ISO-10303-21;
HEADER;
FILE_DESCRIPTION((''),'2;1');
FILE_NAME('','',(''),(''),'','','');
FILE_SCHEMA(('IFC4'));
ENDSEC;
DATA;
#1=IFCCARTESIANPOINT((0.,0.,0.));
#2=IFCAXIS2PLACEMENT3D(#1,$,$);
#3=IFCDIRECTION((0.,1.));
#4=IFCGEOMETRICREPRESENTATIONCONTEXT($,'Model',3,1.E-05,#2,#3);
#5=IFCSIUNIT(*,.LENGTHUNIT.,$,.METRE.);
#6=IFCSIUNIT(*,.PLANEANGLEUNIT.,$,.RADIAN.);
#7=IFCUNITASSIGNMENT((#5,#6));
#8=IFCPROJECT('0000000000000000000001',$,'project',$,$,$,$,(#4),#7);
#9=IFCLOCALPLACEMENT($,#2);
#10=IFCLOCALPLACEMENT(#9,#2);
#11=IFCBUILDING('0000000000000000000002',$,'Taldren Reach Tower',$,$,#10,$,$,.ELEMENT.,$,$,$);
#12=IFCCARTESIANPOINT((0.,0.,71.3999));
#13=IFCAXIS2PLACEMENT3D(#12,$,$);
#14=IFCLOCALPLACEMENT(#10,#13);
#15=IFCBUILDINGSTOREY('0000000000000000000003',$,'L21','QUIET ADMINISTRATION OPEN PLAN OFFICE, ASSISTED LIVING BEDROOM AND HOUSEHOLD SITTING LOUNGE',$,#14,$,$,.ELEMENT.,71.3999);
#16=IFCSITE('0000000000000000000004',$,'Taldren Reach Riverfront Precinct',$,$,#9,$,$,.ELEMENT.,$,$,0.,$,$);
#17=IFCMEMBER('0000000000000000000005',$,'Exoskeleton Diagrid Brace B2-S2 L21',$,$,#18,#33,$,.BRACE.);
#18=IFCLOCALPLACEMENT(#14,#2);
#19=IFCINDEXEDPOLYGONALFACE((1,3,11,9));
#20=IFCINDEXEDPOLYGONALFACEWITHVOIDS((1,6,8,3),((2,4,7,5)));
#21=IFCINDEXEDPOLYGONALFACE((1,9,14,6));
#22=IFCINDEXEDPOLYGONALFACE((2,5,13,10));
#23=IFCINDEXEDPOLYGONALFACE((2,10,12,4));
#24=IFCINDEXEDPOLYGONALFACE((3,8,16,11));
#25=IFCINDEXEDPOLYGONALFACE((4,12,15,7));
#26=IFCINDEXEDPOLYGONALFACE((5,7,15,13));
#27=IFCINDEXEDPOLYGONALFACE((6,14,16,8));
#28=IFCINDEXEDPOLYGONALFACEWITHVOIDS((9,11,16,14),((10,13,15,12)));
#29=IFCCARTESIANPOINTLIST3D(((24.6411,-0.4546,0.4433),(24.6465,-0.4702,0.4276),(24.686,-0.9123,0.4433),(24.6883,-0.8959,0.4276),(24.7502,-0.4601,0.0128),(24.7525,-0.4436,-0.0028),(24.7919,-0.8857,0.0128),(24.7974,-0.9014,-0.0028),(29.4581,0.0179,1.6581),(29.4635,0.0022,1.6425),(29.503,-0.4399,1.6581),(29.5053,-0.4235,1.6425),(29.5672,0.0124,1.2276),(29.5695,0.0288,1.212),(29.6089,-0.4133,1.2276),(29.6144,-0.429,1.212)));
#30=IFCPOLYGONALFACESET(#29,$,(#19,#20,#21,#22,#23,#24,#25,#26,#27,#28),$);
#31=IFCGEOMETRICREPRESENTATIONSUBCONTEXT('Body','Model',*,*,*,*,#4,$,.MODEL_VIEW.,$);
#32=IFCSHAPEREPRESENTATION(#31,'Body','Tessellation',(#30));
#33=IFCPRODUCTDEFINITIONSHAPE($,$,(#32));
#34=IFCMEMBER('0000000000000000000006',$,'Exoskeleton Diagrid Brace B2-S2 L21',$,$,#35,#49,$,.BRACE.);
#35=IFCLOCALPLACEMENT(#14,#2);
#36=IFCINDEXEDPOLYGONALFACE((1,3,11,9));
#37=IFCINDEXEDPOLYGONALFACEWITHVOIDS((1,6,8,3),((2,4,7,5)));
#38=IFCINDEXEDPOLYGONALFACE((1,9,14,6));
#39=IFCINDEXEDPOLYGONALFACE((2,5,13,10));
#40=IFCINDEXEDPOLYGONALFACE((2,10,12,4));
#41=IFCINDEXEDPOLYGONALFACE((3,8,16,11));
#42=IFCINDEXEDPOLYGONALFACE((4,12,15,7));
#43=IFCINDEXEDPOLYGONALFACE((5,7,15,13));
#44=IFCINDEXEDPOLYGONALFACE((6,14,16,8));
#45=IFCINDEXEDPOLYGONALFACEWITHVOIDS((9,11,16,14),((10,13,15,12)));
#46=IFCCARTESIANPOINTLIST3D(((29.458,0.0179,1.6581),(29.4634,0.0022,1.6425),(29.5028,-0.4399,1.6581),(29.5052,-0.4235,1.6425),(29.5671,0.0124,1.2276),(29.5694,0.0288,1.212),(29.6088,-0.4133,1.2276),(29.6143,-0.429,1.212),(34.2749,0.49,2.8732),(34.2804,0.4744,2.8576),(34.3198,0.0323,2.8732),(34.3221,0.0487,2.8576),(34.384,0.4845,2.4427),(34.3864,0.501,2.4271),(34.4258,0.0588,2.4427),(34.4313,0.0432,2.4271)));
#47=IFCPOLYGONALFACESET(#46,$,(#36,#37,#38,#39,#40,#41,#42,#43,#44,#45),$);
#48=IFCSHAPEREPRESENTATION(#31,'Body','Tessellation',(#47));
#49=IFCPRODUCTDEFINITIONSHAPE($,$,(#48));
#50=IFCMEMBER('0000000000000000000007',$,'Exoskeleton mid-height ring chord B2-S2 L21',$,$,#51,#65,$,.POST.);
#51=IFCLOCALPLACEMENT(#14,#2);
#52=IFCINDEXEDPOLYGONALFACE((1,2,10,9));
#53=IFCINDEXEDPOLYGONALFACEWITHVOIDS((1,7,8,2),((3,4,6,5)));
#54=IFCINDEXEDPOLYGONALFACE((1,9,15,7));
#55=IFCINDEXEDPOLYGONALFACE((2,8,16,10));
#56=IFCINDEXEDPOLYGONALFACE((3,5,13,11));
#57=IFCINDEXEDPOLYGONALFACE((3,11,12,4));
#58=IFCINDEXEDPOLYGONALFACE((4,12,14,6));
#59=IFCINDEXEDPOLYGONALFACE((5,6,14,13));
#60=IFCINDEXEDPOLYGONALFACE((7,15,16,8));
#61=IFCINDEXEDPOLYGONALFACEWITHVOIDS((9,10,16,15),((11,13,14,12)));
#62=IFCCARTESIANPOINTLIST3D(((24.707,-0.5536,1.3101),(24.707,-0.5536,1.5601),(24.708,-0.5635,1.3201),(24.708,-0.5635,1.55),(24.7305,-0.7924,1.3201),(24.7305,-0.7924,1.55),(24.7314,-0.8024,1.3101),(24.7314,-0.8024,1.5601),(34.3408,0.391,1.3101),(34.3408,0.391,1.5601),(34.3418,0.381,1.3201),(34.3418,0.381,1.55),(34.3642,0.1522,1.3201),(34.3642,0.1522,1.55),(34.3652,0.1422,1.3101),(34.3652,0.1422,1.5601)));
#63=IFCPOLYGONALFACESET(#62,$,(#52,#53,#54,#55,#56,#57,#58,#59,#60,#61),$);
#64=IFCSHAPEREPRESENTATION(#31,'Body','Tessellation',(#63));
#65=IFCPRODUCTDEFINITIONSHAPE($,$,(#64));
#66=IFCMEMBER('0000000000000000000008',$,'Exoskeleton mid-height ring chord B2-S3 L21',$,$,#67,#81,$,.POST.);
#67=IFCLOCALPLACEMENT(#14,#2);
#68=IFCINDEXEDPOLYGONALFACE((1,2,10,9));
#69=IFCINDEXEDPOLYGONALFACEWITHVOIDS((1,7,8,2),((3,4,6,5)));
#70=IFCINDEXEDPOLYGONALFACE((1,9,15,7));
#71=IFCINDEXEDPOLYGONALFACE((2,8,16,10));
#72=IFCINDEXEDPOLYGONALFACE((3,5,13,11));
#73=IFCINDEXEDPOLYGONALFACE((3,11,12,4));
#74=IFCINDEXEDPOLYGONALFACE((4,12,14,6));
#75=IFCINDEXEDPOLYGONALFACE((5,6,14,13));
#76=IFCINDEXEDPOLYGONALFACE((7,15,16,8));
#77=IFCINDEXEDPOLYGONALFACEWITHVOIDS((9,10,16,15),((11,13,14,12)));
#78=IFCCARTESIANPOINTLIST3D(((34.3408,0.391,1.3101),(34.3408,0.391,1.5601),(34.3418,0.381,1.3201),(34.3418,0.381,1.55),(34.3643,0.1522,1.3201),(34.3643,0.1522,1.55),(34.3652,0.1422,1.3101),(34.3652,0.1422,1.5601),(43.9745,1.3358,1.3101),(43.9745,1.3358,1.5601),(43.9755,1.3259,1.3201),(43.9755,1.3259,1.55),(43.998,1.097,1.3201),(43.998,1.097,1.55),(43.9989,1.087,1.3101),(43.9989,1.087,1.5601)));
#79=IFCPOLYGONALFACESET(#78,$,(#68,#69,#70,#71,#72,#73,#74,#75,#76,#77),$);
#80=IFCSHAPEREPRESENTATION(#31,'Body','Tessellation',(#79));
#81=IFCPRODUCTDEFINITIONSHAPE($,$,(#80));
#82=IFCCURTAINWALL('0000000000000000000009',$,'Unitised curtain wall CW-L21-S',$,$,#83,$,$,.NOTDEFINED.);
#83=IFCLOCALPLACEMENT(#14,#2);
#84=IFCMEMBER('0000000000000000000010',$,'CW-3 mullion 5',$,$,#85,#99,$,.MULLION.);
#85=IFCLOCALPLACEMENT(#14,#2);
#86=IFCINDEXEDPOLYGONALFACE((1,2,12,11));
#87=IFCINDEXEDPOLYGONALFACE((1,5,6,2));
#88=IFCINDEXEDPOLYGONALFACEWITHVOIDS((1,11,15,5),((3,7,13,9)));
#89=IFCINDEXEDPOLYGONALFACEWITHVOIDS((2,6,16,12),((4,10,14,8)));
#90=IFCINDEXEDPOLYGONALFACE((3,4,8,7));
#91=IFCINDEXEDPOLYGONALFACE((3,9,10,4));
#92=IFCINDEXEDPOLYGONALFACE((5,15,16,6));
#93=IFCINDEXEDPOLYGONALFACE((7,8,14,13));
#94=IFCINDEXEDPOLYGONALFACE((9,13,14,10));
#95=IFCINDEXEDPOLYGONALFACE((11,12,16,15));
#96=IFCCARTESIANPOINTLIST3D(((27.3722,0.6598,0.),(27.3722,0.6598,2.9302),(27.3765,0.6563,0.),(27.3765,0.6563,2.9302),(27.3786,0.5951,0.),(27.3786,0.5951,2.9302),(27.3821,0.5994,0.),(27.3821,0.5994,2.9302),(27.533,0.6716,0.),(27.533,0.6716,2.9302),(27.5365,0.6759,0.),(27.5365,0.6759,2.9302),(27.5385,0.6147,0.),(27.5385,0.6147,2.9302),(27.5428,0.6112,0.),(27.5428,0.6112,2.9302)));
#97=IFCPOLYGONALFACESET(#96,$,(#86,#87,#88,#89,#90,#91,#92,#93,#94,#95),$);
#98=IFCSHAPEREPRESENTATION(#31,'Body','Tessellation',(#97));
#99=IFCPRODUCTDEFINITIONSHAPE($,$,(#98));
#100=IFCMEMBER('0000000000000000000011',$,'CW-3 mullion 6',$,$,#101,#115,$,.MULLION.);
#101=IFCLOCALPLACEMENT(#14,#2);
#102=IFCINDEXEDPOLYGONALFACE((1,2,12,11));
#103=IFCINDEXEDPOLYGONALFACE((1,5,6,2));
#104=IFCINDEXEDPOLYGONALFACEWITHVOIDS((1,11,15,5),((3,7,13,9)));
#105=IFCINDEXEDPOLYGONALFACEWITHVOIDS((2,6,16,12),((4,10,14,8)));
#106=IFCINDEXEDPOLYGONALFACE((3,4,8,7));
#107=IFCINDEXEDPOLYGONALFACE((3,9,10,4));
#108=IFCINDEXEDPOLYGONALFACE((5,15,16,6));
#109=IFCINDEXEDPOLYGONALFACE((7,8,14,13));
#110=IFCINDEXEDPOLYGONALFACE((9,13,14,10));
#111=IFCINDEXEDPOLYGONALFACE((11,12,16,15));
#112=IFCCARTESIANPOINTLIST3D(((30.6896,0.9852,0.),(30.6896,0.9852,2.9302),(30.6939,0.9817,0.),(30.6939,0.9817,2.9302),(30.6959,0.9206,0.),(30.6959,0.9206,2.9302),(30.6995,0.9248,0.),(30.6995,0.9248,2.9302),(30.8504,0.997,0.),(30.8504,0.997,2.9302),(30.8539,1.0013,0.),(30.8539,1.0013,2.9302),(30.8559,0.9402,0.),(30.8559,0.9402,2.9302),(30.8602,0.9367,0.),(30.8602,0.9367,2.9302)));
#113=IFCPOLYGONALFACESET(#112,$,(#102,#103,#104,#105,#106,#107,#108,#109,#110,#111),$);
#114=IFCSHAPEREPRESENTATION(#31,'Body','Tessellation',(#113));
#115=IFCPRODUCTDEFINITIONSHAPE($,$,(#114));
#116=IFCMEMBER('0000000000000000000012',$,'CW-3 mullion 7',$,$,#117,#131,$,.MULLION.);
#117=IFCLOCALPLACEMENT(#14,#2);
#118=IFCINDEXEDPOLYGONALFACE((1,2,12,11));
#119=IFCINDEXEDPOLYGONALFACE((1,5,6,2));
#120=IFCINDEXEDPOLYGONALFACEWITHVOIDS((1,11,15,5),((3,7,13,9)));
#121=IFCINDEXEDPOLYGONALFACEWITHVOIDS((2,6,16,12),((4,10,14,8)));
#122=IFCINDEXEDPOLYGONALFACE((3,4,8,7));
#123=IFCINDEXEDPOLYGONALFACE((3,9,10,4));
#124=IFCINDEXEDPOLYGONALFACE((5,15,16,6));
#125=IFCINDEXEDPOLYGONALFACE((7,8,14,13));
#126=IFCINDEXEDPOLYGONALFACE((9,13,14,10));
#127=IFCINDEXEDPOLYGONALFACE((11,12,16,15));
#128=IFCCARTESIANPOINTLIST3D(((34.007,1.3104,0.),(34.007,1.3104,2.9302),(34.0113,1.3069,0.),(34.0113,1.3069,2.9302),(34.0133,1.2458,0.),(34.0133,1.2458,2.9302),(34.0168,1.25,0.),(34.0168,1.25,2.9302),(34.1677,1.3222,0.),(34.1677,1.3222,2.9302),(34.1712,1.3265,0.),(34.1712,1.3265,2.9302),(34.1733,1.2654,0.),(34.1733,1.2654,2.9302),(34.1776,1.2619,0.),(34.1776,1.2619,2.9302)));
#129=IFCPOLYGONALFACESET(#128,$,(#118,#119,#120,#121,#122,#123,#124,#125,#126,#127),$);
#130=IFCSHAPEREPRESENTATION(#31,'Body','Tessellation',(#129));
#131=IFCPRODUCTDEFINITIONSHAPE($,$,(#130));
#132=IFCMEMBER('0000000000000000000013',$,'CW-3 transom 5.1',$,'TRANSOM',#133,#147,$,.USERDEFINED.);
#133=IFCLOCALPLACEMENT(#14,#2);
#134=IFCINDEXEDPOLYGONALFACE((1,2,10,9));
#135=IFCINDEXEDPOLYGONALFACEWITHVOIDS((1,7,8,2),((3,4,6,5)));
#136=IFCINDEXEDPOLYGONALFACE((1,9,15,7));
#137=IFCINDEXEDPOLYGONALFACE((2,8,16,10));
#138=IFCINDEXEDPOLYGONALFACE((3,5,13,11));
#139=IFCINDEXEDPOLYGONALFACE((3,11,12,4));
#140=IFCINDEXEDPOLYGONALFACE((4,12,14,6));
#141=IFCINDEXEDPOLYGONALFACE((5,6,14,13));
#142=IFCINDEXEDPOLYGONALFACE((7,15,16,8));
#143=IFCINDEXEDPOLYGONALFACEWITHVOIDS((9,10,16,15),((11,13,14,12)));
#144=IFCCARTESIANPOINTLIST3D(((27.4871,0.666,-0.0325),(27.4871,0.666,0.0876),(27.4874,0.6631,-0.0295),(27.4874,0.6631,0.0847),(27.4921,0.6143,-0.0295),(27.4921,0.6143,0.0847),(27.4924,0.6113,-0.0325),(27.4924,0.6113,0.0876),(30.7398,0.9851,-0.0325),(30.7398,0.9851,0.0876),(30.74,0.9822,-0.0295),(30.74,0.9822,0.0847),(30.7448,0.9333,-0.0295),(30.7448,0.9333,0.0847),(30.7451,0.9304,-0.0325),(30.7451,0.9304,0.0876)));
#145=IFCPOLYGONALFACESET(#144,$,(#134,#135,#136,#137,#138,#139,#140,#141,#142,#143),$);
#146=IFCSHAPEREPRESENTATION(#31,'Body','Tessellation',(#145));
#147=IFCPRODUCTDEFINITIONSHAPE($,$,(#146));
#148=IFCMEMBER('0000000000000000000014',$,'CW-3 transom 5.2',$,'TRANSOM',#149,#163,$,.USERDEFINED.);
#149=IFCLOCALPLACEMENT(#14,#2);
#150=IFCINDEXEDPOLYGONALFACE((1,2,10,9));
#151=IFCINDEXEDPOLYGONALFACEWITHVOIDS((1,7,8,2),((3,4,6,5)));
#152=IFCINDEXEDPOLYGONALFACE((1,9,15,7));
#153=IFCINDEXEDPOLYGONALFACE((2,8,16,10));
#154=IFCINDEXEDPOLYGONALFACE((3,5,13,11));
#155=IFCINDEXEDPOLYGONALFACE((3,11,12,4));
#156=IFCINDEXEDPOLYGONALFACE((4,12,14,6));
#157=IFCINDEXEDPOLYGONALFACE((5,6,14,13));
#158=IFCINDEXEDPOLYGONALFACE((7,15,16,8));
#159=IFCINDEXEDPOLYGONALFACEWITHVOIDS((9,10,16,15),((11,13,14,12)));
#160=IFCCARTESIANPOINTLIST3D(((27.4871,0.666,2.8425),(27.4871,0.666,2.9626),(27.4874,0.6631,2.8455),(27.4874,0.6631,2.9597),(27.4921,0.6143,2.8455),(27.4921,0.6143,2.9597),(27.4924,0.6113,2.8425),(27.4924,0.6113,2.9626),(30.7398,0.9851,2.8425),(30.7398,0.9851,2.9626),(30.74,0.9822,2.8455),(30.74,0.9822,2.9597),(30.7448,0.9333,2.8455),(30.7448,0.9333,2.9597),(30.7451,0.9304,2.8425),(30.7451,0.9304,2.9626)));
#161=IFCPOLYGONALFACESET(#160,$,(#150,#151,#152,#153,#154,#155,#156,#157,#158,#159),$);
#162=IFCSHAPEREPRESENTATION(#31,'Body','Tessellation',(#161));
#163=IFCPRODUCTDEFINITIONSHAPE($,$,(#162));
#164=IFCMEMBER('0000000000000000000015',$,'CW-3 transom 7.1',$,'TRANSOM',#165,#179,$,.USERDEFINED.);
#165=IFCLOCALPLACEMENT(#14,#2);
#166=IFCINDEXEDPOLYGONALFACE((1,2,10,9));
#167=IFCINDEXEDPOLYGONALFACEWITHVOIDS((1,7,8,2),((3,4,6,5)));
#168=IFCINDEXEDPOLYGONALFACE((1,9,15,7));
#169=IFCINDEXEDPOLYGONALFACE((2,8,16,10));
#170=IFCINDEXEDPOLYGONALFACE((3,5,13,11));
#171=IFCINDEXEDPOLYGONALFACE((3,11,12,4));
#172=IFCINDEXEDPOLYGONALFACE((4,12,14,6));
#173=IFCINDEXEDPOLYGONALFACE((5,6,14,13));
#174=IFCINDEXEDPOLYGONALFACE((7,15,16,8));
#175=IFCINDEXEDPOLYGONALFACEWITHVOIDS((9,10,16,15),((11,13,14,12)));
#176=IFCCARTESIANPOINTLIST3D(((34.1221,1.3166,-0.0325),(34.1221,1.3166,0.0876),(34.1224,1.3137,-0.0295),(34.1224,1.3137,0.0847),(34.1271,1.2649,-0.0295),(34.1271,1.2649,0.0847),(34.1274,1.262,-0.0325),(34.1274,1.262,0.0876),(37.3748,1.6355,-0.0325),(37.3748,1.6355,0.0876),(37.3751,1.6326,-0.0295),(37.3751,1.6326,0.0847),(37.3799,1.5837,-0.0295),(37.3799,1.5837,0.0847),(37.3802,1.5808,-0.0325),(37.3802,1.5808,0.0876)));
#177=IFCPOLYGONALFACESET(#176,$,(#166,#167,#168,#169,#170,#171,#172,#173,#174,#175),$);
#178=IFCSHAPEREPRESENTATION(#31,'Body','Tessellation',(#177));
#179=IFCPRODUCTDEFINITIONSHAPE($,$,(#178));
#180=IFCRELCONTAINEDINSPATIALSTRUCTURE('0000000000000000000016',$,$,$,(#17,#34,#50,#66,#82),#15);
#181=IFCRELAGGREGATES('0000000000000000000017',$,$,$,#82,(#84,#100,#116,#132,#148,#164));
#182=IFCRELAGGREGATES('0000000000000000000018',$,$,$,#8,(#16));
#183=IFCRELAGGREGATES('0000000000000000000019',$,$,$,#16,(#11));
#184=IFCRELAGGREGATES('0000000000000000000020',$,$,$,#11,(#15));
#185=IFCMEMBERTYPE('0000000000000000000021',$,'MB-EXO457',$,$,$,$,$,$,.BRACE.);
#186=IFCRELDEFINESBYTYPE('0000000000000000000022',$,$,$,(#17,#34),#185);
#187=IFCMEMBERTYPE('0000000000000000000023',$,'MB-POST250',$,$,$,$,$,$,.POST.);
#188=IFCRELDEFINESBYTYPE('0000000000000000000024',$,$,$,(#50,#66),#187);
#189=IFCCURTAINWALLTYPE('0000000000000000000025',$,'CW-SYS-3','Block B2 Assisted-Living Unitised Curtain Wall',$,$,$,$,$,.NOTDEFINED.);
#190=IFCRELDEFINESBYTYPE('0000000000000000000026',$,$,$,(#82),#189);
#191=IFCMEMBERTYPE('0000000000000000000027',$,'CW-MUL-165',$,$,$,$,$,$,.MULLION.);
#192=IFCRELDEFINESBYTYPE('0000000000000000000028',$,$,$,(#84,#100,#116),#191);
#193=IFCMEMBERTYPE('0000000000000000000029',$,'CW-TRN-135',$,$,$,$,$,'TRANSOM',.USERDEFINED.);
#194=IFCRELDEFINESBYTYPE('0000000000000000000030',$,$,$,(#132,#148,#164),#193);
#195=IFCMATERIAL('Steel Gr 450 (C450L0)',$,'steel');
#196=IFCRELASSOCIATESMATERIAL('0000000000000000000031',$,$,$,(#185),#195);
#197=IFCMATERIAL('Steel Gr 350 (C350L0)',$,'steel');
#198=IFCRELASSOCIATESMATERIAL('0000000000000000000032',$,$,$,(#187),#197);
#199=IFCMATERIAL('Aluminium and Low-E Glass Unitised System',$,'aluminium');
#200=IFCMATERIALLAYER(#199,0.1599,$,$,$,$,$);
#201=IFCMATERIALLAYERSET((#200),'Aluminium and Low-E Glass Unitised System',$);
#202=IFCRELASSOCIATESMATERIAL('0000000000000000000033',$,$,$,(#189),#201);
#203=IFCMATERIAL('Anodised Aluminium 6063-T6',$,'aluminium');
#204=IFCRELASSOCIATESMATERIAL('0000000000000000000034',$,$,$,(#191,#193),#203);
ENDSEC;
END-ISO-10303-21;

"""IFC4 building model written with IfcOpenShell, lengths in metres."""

from ifc_helpers import new_model, si_unit, direction, frame, origin, origin_2d, place, context, subcontext, project, spatial, hollow_rectangle, extrude, source, transform, mapped, material, layer, layer_set, material_profile, profile_set, type_object, element, aggregate, save


model = new_model("IFC4")

# Units and contexts
model_context = context("Model", 3, precision=1e-05, world=origin(), true_north=direction((0.0, 1.0)))
body_context = subcontext(model_context, "Body", "Model", "MODEL_VIEW")
ifc_project = project(units=[si_unit("LENGTHUNIT", "METRE"), si_unit("PLANEANGLEUNIT", "RADIAN")], contexts=[model_context])

# Site, building, storey
site_placement = place(None, origin())
site = spatial("IfcSite", under=ifc_project, at=site_placement, Name="Taldren Reach Riverfront Precinct", CompositionType="ELEMENT", RefElevation=0.0)
building_placement = place(site_placement, origin())
building = spatial("IfcBuilding", under=site, at=building_placement, Name="Taldren Reach Tower", CompositionType="ELEMENT")
storey_placement = place(building_placement, frame((0.0, 0.0, 71.3999)))
storey = spatial("IfcBuildingStorey", under=building, at=storey_placement, Name="L21", Description="QUIET ADMINISTRATION OPEN PLAN OFFICE, ASSISTED LIVING BEDROOM AND HOUSEHOLD SITTING LOUNGE", CompositionType="ELEMENT", Elevation=71.3999)

# Members
ifc_material_1 = material(Name="Steel Gr 450 (C450L0)", Category="steel")
ifc_material_profile_1 = material_profile(ifc_material_1, hollow_rectangle(XDim=0.46, YDim=0.46, WallThickness=0.0161, at=origin_2d()), Name="460x460x16.0SHS")
ifc_profile_set_1 = profile_set([ifc_material_profile_1], Name="Steel Gr 450 (C450L0)")
member_type_1 = type_object("IfcMemberType", Name="MB-EXO457", PredefinedType="BRACE", material=ifc_profile_set_1)
shared_shape_1 = source(origin(), body_context, "Body", "SweptSolid", [
    extrude(hollow_rectangle(XDim=0.46, YDim=0.46, WallThickness=0.0161, at=origin_2d()), origin(), (0.0, 0.0, 1.0), 4.9902),
])
for number, where, z_axis, x_axis, name in (
    (1, (24.7192, -0.678, 0.2202), (0.965283, 0.094669, 0.243449), (-0.097606, 0.995225, 0.0), "Exoskeleton Diagrid Brace B2-S2 L21"),
    (2, (29.5361, -0.2056, 1.4351), (0.965276, 0.09462, 0.243496), (-0.097556, 0.99523, 0.0), "Exoskeleton Diagrid Brace B2-S2 L21"),
):
    element("IfcMember", number, at=place(storey_placement, frame(where, z_axis=z_axis, x_axis=x_axis)), inside=storey, type_object=member_type_1, Name=name, PredefinedType="BRACE", context=body_context, shape_type="MappedRepresentation", body=[
        mapped(shared_shape_1, transform((0.0, 0.0, 0.0), scale=1.0)),
    ])
ifc_material_2 = material(Name="Steel Gr 350 (C350L0)", Category="steel")
ifc_material_profile_2 = material_profile(ifc_material_2, hollow_rectangle(XDim=0.25, YDim=0.25, WallThickness=0.01, at=origin_2d()), Name="250x250x10.0SHS")
ifc_profile_set_2 = profile_set([ifc_material_profile_2], Name="Steel Gr 350 (C350L0)")
member_type_2 = type_object("IfcMemberType", Name="MB-POST250", PredefinedType="POST", material=ifc_profile_set_2)
shared_shape_2 = source(origin(), body_context, "Body", "SweptSolid", [
    extrude(hollow_rectangle(XDim=0.25, YDim=0.25, WallThickness=0.01, at=origin_2d()), origin(), (0.0, 0.0, 1.0), 9.6799),
])
for number, where, z_axis, x_axis, name in (
    (3, (24.7192, -0.678, 1.4351), (0.995228, 0.097581, 0.0), (-0.097581, 0.995228, 0.0), "Exoskeleton mid-height ring chord B2-S2 L21"),
    (4, (34.353, 0.2666, 1.4351), (0.995225, 0.097606, 0.0), (-0.097606, 0.995225, 0.0), "Exoskeleton mid-height ring chord B2-S3 L21"),
):
    element("IfcMember", number, at=place(storey_placement, frame(where, z_axis=z_axis, x_axis=x_axis)), inside=storey, type_object=member_type_2, Name=name, PredefinedType="POST", context=body_context, shape_type="MappedRepresentation", body=[
        mapped(shared_shape_2, transform((0.0, 0.0, 0.0), scale=1.0)),
    ])

# Curtain wall, members
ifc_material_3 = material(Name="Aluminium and Low-E Glass Unitised System", Category="aluminium")
ifc_layer_1 = layer(ifc_material_3, 0.1599)
ifc_layer_set_1 = layer_set([ifc_layer_1], Name="Aluminium and Low-E Glass Unitised System")
curtain_wall_type = type_object("IfcCurtainWallType", Name="CW-SYS-3", Description="Block B2 Assisted-Living Unitised Curtain Wall", PredefinedType="NOTDEFINED", material=ifc_layer_set_1)
curtain_wall_placement = place(storey_placement, origin())
curtain_wall = element("IfcCurtainWall", 5, at=curtain_wall_placement, inside=storey, type_object=curtain_wall_type, Name="Unitised curtain wall CW-L21-S", PredefinedType="NOTDEFINED")
ifc_material_4 = material(Name="Anodised Aluminium 6063-T6", Category="aluminium")
ifc_material_profile_3 = material_profile(ifc_material_4, hollow_rectangle(XDim=0.0649, YDim=0.165, WallThickness=0.0039, at=origin_2d()), Name="ALU-165x65x4RHS")
ifc_profile_set_3 = profile_set([ifc_material_profile_3], Name="Anodised Aluminium 6063-T6")
member_type_3 = type_object("IfcMemberType", Name="CW-MUL-165", PredefinedType="MULLION", material=ifc_profile_set_3)
shared_shape_3 = source(origin(), body_context, "Body", "SweptSolid", [
    extrude(hollow_rectangle(XDim=0.0649, YDim=0.165, WallThickness=0.0039, at=origin_2d()), origin(), (0.0, 0.0, 1.0), 2.9302),
])
member_1_placement = place(storey_placement, frame((27.4575, 0.6355, 0.0), z_axis=(0.0, 0.0, 1.0), x_axis=(-0.097583, 0.995227, 0.0)))
member_1 = element("IfcMember", 6, at=member_1_placement, type_object=member_type_3, Name="CW-3 mullion 5", PredefinedType="MULLION", context=body_context, shape_type="MappedRepresentation", body=[
    mapped(shared_shape_3, transform((0.0, 0.0, 0.0), scale=1.0)),
])
member_2_placement = place(storey_placement, frame((30.7749, 0.9609, 0.0), z_axis=(0.0, 0.0, 1.0), x_axis=(-0.097583, 0.995227, 0.0)))
member_2 = element("IfcMember", 7, at=member_2_placement, type_object=member_type_3, Name="CW-3 mullion 6", PredefinedType="MULLION", context=body_context, shape_type="MappedRepresentation", body=[
    mapped(shared_shape_3, transform((0.0, 0.0, 0.0), scale=1.0)),
])
member_3_placement = place(storey_placement, frame((34.0923, 1.2861, 0.0), z_axis=(0.0, 0.0, 1.0), x_axis=(-0.097583, 0.995227, 0.0)))
member_3 = element("IfcMember", 8, at=member_3_placement, type_object=member_type_3, Name="CW-3 mullion 7", PredefinedType="MULLION", context=body_context, shape_type="MappedRepresentation", body=[
    mapped(shared_shape_3, transform((0.0, 0.0, 0.0), scale=1.0)),
])
ifc_material_profile_4 = material_profile(ifc_material_4, hollow_rectangle(XDim=0.0549, YDim=0.1201, WallThickness=0.0029, at=origin_2d()), Name="ALU-120x55x3RHS")
ifc_profile_set_4 = profile_set([ifc_material_profile_4], Name="Anodised Aluminium 6063-T6")
member_type_4 = type_object("IfcMemberType", Name="CW-TRN-135", ElementType="TRANSOM", PredefinedType="USERDEFINED", material=ifc_profile_set_4)
shared_shape_4 = source(origin(), body_context, "Body", "SweptSolid", [
    extrude(hollow_rectangle(XDim=0.0549, YDim=0.1201, WallThickness=0.0029, at=origin_2d()), origin(), (0.0, 0.0, 1.0), 3.2683),
])
member_4_placement = place(storey_placement, frame((27.4897, 0.6387, 0.0276), z_axis=(0.995223, 0.097632, 0.0), x_axis=(-0.097632, 0.995223, 0.0)))
member_4 = element("IfcMember", 9, at=member_4_placement, type_object=member_type_4, Name="CW-3 transom 5.1", ObjectType="TRANSOM", PredefinedType="USERDEFINED", context=body_context, shape_type="MappedRepresentation", body=[
    mapped(shared_shape_4, transform((0.0, 0.0, 0.0), scale=1.0)),
])
member_5_placement = place(storey_placement, frame((27.4897, 0.6387, 2.9026), z_axis=(0.995223, 0.097632, 0.0), x_axis=(-0.097632, 0.995223, 0.0)))
member_5 = element("IfcMember", 10, at=member_5_placement, type_object=member_type_4, Name="CW-3 transom 5.2", ObjectType="TRANSOM", PredefinedType="USERDEFINED", context=body_context, shape_type="MappedRepresentation", body=[
    mapped(shared_shape_4, transform((0.0, 0.0, 0.0), scale=1.0)),
])
member_6_placement = place(storey_placement, frame((34.1248, 1.2893, 0.0276), z_axis=(0.99523, 0.097558, 0.0), x_axis=(-0.097558, 0.99523, 0.0)))
member_6 = element("IfcMember", 11, at=member_6_placement, type_object=member_type_4, Name="CW-3 transom 7.1", ObjectType="TRANSOM", PredefinedType="USERDEFINED", context=body_context, shape_type="MappedRepresentation", body=[
    mapped(shared_shape_4, transform((0.0, 0.0, 0.0), scale=1.0)),
])

aggregate(curtain_wall, [member_1, member_2, member_3, member_4, member_5, member_6])

save(model, "model.ifc")
